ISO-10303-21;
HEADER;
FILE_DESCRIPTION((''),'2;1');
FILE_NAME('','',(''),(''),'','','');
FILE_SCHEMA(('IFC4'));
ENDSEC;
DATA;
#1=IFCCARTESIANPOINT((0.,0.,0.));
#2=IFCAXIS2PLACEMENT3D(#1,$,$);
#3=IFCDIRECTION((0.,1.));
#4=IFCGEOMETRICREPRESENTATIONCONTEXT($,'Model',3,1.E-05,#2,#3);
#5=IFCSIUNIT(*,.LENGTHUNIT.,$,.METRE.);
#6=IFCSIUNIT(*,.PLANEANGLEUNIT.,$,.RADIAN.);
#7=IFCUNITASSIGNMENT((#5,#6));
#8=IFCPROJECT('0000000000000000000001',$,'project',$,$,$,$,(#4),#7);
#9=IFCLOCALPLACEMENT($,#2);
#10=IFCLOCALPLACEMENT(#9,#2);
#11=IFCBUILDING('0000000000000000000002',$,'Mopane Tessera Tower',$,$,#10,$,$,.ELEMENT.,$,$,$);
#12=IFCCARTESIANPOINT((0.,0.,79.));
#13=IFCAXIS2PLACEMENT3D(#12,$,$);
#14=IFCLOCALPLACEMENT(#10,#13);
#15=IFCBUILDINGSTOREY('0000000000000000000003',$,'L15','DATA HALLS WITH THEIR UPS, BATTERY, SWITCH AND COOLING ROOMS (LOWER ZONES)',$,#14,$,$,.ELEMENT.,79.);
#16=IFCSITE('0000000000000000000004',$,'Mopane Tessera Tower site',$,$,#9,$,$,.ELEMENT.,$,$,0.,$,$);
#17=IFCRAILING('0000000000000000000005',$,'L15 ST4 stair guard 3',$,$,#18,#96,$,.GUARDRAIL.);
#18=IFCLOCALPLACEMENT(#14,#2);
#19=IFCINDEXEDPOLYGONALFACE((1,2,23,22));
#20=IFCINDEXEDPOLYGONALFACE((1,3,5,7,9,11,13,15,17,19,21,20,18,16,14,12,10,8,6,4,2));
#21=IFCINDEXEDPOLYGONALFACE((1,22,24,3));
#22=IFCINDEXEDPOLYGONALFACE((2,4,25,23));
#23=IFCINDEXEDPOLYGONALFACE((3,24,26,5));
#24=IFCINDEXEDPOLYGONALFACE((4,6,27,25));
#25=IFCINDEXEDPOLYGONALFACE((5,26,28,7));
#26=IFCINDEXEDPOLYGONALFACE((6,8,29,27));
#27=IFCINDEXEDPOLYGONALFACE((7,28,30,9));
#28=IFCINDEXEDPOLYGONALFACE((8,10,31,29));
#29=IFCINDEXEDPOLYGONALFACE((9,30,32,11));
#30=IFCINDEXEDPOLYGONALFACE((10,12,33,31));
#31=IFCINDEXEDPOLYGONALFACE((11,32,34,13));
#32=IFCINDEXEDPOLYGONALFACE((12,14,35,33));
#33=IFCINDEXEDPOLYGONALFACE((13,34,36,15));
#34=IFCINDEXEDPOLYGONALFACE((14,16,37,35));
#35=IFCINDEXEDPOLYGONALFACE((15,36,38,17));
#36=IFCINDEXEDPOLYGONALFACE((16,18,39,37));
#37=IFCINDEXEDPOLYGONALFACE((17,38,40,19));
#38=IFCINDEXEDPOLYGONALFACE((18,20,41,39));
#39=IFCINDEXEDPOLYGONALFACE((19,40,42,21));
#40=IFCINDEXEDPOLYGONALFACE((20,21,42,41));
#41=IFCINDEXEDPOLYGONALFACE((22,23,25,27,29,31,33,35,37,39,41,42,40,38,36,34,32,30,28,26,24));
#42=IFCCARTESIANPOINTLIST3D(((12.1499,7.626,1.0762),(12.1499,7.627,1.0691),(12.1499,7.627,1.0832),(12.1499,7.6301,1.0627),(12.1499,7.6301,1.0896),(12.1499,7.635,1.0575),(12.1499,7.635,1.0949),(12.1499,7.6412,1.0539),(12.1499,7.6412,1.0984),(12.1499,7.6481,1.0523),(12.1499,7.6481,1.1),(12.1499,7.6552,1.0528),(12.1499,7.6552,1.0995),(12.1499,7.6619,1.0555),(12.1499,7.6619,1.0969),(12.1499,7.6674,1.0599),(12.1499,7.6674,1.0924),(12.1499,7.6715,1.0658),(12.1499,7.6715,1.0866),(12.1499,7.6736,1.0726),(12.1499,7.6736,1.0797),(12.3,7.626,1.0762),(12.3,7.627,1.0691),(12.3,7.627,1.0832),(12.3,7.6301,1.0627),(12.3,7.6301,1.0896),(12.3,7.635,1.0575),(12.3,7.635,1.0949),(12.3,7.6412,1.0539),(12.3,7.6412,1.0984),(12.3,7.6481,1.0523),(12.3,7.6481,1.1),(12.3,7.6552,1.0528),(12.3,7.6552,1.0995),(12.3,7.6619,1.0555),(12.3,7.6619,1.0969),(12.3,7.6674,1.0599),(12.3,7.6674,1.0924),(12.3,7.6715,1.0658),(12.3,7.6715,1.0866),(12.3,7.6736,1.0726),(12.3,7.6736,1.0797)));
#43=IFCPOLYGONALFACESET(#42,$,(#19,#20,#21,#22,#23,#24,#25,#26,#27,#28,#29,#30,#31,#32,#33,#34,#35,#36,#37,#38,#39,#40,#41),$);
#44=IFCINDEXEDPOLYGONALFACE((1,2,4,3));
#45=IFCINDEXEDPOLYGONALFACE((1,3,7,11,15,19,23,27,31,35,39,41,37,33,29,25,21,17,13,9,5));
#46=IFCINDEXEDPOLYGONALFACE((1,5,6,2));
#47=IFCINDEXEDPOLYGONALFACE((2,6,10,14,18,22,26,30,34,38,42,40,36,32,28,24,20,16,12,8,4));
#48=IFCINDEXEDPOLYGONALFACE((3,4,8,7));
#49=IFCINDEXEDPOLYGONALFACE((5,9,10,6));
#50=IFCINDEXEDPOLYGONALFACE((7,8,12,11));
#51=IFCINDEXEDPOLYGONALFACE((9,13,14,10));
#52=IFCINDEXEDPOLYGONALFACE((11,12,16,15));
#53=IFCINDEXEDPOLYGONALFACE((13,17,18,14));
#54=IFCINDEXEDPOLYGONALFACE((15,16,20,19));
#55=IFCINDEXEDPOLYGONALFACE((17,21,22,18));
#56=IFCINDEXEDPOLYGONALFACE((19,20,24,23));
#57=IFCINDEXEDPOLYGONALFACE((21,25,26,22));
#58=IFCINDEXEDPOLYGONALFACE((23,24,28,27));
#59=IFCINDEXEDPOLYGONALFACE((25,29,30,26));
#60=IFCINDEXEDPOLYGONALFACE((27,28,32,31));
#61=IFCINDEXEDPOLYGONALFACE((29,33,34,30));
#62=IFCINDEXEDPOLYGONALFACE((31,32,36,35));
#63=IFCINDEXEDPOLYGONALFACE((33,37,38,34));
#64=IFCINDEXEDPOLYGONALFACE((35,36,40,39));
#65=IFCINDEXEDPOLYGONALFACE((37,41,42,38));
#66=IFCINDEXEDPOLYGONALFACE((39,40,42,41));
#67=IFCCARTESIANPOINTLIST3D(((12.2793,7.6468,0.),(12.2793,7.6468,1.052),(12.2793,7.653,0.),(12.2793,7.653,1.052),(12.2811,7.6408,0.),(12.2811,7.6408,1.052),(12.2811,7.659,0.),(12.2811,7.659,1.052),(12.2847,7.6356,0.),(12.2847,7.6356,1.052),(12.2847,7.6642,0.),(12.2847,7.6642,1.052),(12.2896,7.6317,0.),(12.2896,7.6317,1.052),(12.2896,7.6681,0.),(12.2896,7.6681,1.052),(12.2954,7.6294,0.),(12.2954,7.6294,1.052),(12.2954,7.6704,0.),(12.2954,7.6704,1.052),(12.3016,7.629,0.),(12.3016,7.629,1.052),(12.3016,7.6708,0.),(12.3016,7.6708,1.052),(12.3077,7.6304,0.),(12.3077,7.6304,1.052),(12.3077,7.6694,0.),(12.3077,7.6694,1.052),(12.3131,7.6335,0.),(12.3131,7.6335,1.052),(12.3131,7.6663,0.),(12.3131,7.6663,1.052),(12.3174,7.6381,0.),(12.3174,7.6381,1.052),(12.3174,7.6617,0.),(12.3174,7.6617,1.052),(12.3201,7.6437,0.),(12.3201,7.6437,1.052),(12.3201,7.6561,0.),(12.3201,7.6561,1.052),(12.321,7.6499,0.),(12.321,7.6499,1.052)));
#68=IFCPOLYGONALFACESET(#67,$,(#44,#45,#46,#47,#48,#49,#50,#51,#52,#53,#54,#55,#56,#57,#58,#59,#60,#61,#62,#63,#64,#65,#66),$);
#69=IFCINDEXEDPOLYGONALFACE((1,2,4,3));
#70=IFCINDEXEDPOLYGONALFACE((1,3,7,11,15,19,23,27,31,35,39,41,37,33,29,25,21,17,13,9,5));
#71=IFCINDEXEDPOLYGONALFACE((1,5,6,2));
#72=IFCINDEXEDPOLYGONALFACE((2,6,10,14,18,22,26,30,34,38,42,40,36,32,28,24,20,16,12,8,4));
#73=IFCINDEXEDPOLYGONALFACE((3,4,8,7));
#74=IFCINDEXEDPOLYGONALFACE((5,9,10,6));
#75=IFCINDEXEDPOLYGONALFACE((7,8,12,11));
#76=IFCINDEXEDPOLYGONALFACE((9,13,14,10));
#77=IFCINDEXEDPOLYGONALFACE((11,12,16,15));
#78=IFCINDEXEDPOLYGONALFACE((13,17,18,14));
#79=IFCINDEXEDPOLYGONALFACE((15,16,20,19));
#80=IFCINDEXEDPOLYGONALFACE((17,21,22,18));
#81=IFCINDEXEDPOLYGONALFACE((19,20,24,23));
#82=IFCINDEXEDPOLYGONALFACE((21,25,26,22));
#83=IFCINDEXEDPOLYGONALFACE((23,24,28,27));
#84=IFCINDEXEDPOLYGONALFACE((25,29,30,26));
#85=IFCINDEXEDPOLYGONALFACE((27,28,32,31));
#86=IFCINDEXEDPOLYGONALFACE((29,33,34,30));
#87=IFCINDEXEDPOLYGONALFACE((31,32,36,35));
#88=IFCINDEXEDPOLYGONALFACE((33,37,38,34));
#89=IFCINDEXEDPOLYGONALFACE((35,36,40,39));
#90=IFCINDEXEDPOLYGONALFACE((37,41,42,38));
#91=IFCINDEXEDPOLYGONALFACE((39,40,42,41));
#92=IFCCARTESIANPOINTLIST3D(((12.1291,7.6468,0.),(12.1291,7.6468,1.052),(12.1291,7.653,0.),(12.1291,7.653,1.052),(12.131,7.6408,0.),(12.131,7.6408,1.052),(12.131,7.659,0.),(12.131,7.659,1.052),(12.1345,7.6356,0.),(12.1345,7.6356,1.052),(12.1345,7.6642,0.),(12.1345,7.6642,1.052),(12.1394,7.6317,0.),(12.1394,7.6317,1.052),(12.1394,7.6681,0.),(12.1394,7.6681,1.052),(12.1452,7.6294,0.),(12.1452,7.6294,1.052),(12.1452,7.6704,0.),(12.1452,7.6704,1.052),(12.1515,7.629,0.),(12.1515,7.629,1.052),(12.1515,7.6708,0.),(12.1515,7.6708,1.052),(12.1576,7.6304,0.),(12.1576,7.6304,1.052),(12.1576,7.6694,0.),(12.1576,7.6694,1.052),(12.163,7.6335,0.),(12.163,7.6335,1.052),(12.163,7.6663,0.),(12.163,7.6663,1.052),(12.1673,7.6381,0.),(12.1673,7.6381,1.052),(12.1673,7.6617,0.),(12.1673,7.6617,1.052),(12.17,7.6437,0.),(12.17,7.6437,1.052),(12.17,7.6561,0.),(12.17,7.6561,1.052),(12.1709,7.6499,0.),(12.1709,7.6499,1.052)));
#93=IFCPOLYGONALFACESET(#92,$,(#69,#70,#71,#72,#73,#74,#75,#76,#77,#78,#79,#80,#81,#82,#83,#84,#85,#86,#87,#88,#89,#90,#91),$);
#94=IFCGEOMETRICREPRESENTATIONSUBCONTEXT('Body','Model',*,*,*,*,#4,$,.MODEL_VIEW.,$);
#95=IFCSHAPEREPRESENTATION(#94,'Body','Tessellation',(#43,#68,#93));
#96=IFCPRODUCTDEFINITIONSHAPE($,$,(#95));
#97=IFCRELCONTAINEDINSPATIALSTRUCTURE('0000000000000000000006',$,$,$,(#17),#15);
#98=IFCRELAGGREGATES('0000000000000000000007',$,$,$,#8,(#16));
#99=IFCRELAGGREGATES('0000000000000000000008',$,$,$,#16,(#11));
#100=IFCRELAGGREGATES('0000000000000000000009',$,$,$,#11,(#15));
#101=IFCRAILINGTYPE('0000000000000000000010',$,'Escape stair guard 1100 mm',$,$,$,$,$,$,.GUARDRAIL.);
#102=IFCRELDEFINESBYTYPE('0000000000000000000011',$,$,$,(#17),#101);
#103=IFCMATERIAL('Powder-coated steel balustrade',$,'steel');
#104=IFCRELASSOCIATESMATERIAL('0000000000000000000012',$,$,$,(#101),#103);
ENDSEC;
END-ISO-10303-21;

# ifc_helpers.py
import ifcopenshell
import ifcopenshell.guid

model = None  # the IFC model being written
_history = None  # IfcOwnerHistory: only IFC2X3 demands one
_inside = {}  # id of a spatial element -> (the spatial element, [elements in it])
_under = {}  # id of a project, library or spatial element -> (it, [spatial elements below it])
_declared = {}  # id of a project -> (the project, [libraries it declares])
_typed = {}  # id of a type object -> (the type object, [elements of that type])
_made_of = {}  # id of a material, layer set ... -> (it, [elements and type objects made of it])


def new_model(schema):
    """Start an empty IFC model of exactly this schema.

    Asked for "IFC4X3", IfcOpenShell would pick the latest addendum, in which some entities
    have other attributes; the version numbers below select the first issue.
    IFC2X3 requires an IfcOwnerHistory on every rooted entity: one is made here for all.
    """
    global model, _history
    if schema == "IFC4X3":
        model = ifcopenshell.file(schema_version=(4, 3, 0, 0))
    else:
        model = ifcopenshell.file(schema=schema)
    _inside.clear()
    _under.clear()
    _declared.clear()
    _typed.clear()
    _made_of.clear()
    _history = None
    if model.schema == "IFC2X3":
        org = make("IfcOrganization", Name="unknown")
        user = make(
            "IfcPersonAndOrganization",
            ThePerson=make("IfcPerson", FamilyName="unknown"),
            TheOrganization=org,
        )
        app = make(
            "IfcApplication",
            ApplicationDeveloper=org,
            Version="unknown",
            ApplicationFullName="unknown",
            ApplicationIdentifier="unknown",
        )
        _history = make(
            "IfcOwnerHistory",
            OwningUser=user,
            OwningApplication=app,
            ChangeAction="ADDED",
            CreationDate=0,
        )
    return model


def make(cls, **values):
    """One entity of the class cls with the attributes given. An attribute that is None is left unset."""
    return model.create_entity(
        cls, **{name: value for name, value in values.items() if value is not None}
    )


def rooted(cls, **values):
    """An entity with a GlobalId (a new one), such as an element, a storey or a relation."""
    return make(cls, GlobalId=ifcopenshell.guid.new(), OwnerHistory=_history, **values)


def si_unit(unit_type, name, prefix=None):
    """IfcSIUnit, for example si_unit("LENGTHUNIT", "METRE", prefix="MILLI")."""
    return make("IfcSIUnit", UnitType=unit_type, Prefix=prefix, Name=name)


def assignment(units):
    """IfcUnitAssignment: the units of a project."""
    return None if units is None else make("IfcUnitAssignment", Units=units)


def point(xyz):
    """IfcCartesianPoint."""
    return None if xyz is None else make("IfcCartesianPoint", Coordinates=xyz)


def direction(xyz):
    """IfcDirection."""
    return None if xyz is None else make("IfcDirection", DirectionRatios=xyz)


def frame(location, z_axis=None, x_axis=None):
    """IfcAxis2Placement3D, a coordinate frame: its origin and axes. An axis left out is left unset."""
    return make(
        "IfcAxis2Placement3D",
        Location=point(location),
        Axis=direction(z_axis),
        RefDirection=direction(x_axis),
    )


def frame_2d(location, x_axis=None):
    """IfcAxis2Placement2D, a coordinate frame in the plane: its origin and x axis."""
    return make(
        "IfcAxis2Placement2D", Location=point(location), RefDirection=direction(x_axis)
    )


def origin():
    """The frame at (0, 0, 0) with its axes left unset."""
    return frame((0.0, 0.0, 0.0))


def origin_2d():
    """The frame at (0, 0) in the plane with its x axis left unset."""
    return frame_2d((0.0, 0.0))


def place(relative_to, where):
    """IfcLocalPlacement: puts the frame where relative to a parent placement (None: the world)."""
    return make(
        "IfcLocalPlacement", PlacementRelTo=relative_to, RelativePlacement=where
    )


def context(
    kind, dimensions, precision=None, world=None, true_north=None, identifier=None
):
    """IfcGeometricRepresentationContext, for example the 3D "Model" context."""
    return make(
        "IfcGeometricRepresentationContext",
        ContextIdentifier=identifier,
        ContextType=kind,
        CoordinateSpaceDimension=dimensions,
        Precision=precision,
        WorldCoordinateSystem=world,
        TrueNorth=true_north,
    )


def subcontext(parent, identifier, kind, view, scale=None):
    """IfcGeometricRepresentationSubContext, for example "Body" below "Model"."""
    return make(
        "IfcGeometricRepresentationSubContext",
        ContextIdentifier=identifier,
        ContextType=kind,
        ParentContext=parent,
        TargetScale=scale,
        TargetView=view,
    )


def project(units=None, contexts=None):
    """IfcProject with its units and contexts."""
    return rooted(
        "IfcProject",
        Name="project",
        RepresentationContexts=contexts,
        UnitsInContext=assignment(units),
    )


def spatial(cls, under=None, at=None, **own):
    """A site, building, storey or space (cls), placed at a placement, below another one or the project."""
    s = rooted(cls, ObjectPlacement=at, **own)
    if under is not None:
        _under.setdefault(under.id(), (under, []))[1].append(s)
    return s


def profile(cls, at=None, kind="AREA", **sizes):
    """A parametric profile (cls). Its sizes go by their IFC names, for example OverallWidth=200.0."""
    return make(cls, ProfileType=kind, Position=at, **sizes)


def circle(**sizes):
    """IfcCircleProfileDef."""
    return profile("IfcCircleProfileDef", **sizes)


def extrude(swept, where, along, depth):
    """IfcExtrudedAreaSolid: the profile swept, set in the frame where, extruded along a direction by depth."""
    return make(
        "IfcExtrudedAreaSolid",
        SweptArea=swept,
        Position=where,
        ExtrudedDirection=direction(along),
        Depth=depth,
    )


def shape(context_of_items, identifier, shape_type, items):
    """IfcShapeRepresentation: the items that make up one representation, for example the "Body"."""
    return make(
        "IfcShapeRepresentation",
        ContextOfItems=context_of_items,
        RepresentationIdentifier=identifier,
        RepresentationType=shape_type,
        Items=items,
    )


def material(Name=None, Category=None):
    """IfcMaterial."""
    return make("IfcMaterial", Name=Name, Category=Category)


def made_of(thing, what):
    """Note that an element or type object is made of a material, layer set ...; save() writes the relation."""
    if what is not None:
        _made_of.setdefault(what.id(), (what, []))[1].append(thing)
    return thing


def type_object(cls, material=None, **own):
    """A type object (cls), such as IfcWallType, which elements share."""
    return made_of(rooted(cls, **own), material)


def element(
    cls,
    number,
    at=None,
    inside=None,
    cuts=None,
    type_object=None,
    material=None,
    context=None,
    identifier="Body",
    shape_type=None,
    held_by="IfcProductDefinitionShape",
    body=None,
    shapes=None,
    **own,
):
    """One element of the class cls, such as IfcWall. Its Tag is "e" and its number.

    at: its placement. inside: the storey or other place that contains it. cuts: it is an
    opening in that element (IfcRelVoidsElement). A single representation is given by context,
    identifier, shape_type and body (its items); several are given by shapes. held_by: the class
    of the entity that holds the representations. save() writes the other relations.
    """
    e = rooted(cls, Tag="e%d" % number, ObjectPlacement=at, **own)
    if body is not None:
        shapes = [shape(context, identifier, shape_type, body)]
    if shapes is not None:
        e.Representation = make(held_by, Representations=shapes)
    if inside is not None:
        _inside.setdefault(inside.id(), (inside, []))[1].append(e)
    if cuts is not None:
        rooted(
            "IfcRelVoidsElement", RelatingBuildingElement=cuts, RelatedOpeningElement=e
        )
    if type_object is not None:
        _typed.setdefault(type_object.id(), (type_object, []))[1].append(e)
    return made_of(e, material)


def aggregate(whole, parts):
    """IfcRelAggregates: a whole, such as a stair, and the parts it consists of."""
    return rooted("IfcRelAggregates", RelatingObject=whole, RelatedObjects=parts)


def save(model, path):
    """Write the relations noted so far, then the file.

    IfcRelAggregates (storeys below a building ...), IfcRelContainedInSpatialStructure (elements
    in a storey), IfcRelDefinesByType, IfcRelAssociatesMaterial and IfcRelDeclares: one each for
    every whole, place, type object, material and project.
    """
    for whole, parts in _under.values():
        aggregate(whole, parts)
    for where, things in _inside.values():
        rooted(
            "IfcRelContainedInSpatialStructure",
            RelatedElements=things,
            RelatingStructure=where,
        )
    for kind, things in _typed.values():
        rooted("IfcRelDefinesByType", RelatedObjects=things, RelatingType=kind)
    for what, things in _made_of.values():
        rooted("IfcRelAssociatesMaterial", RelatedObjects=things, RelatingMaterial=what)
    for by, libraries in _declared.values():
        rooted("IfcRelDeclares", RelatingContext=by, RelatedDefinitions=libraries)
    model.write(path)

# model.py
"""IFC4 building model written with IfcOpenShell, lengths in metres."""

from ifc_helpers import new_model, si_unit, direction, frame, origin, origin_2d, place, context, subcontext, project, spatial, circle, extrude, material, type_object, element, save


model = new_model("IFC4")

# Units and contexts
model_context = context("Model", 3, precision=1e-05, world=origin(), true_north=direction((0.0, 1.0)))
body_context = subcontext(model_context, "Body", "Model", "MODEL_VIEW")
ifc_project = project(units=[si_unit("LENGTHUNIT", "METRE"), si_unit("PLANEANGLEUNIT", "RADIAN")], contexts=[model_context])

# Site, building, storey
site_placement = place(None, origin())
site = spatial("IfcSite", under=ifc_project, at=site_placement, Name="Mopane Tessera Tower site", CompositionType="ELEMENT", RefElevation=0.0)
building_placement = place(site_placement, origin())
building = spatial("IfcBuilding", under=site, at=building_placement, Name="Mopane Tessera Tower", CompositionType="ELEMENT")
storey_placement = place(building_placement, frame((0.0, 0.0, 79.0)))
storey = spatial("IfcBuildingStorey", under=building, at=storey_placement, Name="L15", Description="DATA HALLS WITH THEIR UPS, BATTERY, SWITCH AND COOLING ROOMS (LOWER ZONES)", CompositionType="ELEMENT", Elevation=79.0)

# Railing
ifc_material_1 = material(Name="Powder-coated steel balustrade", Category="steel")
railing_type_1 = type_object("IfcRailingType", Name="Escape stair guard 1100 mm", PredefinedType="GUARDRAIL", material=ifc_material_1)
railing_1_placement = place(storey_placement, frame((12.3, 7.6499, 0.0)))
element("IfcRailing", 1, at=railing_1_placement, inside=storey, type_object=railing_type_1, Name="L15 ST4 stair guard 3", PredefinedType="GUARDRAIL", context=body_context, shape_type="SweptSolid", body=[
    extrude(circle(Radius=0.0239, at=origin_2d()), frame((0.0, 0.0, 1.0762), z_axis=(-1.0, 0.0, 0.0), x_axis=(0.0, -1.0, 0.0)), (0.0, 0.0, 1.0), 0.1501),
    extrude(circle(Radius=0.021, at=origin_2d()), origin(), (0.0, 0.0, 1.0), 1.052),
    extrude(circle(Radius=0.021, at=origin_2d()), frame((-0.1501, 0.0, 0.0)), (0.0, 0.0, 1.0), 1.052),
])

save(model, "model.ifc")
